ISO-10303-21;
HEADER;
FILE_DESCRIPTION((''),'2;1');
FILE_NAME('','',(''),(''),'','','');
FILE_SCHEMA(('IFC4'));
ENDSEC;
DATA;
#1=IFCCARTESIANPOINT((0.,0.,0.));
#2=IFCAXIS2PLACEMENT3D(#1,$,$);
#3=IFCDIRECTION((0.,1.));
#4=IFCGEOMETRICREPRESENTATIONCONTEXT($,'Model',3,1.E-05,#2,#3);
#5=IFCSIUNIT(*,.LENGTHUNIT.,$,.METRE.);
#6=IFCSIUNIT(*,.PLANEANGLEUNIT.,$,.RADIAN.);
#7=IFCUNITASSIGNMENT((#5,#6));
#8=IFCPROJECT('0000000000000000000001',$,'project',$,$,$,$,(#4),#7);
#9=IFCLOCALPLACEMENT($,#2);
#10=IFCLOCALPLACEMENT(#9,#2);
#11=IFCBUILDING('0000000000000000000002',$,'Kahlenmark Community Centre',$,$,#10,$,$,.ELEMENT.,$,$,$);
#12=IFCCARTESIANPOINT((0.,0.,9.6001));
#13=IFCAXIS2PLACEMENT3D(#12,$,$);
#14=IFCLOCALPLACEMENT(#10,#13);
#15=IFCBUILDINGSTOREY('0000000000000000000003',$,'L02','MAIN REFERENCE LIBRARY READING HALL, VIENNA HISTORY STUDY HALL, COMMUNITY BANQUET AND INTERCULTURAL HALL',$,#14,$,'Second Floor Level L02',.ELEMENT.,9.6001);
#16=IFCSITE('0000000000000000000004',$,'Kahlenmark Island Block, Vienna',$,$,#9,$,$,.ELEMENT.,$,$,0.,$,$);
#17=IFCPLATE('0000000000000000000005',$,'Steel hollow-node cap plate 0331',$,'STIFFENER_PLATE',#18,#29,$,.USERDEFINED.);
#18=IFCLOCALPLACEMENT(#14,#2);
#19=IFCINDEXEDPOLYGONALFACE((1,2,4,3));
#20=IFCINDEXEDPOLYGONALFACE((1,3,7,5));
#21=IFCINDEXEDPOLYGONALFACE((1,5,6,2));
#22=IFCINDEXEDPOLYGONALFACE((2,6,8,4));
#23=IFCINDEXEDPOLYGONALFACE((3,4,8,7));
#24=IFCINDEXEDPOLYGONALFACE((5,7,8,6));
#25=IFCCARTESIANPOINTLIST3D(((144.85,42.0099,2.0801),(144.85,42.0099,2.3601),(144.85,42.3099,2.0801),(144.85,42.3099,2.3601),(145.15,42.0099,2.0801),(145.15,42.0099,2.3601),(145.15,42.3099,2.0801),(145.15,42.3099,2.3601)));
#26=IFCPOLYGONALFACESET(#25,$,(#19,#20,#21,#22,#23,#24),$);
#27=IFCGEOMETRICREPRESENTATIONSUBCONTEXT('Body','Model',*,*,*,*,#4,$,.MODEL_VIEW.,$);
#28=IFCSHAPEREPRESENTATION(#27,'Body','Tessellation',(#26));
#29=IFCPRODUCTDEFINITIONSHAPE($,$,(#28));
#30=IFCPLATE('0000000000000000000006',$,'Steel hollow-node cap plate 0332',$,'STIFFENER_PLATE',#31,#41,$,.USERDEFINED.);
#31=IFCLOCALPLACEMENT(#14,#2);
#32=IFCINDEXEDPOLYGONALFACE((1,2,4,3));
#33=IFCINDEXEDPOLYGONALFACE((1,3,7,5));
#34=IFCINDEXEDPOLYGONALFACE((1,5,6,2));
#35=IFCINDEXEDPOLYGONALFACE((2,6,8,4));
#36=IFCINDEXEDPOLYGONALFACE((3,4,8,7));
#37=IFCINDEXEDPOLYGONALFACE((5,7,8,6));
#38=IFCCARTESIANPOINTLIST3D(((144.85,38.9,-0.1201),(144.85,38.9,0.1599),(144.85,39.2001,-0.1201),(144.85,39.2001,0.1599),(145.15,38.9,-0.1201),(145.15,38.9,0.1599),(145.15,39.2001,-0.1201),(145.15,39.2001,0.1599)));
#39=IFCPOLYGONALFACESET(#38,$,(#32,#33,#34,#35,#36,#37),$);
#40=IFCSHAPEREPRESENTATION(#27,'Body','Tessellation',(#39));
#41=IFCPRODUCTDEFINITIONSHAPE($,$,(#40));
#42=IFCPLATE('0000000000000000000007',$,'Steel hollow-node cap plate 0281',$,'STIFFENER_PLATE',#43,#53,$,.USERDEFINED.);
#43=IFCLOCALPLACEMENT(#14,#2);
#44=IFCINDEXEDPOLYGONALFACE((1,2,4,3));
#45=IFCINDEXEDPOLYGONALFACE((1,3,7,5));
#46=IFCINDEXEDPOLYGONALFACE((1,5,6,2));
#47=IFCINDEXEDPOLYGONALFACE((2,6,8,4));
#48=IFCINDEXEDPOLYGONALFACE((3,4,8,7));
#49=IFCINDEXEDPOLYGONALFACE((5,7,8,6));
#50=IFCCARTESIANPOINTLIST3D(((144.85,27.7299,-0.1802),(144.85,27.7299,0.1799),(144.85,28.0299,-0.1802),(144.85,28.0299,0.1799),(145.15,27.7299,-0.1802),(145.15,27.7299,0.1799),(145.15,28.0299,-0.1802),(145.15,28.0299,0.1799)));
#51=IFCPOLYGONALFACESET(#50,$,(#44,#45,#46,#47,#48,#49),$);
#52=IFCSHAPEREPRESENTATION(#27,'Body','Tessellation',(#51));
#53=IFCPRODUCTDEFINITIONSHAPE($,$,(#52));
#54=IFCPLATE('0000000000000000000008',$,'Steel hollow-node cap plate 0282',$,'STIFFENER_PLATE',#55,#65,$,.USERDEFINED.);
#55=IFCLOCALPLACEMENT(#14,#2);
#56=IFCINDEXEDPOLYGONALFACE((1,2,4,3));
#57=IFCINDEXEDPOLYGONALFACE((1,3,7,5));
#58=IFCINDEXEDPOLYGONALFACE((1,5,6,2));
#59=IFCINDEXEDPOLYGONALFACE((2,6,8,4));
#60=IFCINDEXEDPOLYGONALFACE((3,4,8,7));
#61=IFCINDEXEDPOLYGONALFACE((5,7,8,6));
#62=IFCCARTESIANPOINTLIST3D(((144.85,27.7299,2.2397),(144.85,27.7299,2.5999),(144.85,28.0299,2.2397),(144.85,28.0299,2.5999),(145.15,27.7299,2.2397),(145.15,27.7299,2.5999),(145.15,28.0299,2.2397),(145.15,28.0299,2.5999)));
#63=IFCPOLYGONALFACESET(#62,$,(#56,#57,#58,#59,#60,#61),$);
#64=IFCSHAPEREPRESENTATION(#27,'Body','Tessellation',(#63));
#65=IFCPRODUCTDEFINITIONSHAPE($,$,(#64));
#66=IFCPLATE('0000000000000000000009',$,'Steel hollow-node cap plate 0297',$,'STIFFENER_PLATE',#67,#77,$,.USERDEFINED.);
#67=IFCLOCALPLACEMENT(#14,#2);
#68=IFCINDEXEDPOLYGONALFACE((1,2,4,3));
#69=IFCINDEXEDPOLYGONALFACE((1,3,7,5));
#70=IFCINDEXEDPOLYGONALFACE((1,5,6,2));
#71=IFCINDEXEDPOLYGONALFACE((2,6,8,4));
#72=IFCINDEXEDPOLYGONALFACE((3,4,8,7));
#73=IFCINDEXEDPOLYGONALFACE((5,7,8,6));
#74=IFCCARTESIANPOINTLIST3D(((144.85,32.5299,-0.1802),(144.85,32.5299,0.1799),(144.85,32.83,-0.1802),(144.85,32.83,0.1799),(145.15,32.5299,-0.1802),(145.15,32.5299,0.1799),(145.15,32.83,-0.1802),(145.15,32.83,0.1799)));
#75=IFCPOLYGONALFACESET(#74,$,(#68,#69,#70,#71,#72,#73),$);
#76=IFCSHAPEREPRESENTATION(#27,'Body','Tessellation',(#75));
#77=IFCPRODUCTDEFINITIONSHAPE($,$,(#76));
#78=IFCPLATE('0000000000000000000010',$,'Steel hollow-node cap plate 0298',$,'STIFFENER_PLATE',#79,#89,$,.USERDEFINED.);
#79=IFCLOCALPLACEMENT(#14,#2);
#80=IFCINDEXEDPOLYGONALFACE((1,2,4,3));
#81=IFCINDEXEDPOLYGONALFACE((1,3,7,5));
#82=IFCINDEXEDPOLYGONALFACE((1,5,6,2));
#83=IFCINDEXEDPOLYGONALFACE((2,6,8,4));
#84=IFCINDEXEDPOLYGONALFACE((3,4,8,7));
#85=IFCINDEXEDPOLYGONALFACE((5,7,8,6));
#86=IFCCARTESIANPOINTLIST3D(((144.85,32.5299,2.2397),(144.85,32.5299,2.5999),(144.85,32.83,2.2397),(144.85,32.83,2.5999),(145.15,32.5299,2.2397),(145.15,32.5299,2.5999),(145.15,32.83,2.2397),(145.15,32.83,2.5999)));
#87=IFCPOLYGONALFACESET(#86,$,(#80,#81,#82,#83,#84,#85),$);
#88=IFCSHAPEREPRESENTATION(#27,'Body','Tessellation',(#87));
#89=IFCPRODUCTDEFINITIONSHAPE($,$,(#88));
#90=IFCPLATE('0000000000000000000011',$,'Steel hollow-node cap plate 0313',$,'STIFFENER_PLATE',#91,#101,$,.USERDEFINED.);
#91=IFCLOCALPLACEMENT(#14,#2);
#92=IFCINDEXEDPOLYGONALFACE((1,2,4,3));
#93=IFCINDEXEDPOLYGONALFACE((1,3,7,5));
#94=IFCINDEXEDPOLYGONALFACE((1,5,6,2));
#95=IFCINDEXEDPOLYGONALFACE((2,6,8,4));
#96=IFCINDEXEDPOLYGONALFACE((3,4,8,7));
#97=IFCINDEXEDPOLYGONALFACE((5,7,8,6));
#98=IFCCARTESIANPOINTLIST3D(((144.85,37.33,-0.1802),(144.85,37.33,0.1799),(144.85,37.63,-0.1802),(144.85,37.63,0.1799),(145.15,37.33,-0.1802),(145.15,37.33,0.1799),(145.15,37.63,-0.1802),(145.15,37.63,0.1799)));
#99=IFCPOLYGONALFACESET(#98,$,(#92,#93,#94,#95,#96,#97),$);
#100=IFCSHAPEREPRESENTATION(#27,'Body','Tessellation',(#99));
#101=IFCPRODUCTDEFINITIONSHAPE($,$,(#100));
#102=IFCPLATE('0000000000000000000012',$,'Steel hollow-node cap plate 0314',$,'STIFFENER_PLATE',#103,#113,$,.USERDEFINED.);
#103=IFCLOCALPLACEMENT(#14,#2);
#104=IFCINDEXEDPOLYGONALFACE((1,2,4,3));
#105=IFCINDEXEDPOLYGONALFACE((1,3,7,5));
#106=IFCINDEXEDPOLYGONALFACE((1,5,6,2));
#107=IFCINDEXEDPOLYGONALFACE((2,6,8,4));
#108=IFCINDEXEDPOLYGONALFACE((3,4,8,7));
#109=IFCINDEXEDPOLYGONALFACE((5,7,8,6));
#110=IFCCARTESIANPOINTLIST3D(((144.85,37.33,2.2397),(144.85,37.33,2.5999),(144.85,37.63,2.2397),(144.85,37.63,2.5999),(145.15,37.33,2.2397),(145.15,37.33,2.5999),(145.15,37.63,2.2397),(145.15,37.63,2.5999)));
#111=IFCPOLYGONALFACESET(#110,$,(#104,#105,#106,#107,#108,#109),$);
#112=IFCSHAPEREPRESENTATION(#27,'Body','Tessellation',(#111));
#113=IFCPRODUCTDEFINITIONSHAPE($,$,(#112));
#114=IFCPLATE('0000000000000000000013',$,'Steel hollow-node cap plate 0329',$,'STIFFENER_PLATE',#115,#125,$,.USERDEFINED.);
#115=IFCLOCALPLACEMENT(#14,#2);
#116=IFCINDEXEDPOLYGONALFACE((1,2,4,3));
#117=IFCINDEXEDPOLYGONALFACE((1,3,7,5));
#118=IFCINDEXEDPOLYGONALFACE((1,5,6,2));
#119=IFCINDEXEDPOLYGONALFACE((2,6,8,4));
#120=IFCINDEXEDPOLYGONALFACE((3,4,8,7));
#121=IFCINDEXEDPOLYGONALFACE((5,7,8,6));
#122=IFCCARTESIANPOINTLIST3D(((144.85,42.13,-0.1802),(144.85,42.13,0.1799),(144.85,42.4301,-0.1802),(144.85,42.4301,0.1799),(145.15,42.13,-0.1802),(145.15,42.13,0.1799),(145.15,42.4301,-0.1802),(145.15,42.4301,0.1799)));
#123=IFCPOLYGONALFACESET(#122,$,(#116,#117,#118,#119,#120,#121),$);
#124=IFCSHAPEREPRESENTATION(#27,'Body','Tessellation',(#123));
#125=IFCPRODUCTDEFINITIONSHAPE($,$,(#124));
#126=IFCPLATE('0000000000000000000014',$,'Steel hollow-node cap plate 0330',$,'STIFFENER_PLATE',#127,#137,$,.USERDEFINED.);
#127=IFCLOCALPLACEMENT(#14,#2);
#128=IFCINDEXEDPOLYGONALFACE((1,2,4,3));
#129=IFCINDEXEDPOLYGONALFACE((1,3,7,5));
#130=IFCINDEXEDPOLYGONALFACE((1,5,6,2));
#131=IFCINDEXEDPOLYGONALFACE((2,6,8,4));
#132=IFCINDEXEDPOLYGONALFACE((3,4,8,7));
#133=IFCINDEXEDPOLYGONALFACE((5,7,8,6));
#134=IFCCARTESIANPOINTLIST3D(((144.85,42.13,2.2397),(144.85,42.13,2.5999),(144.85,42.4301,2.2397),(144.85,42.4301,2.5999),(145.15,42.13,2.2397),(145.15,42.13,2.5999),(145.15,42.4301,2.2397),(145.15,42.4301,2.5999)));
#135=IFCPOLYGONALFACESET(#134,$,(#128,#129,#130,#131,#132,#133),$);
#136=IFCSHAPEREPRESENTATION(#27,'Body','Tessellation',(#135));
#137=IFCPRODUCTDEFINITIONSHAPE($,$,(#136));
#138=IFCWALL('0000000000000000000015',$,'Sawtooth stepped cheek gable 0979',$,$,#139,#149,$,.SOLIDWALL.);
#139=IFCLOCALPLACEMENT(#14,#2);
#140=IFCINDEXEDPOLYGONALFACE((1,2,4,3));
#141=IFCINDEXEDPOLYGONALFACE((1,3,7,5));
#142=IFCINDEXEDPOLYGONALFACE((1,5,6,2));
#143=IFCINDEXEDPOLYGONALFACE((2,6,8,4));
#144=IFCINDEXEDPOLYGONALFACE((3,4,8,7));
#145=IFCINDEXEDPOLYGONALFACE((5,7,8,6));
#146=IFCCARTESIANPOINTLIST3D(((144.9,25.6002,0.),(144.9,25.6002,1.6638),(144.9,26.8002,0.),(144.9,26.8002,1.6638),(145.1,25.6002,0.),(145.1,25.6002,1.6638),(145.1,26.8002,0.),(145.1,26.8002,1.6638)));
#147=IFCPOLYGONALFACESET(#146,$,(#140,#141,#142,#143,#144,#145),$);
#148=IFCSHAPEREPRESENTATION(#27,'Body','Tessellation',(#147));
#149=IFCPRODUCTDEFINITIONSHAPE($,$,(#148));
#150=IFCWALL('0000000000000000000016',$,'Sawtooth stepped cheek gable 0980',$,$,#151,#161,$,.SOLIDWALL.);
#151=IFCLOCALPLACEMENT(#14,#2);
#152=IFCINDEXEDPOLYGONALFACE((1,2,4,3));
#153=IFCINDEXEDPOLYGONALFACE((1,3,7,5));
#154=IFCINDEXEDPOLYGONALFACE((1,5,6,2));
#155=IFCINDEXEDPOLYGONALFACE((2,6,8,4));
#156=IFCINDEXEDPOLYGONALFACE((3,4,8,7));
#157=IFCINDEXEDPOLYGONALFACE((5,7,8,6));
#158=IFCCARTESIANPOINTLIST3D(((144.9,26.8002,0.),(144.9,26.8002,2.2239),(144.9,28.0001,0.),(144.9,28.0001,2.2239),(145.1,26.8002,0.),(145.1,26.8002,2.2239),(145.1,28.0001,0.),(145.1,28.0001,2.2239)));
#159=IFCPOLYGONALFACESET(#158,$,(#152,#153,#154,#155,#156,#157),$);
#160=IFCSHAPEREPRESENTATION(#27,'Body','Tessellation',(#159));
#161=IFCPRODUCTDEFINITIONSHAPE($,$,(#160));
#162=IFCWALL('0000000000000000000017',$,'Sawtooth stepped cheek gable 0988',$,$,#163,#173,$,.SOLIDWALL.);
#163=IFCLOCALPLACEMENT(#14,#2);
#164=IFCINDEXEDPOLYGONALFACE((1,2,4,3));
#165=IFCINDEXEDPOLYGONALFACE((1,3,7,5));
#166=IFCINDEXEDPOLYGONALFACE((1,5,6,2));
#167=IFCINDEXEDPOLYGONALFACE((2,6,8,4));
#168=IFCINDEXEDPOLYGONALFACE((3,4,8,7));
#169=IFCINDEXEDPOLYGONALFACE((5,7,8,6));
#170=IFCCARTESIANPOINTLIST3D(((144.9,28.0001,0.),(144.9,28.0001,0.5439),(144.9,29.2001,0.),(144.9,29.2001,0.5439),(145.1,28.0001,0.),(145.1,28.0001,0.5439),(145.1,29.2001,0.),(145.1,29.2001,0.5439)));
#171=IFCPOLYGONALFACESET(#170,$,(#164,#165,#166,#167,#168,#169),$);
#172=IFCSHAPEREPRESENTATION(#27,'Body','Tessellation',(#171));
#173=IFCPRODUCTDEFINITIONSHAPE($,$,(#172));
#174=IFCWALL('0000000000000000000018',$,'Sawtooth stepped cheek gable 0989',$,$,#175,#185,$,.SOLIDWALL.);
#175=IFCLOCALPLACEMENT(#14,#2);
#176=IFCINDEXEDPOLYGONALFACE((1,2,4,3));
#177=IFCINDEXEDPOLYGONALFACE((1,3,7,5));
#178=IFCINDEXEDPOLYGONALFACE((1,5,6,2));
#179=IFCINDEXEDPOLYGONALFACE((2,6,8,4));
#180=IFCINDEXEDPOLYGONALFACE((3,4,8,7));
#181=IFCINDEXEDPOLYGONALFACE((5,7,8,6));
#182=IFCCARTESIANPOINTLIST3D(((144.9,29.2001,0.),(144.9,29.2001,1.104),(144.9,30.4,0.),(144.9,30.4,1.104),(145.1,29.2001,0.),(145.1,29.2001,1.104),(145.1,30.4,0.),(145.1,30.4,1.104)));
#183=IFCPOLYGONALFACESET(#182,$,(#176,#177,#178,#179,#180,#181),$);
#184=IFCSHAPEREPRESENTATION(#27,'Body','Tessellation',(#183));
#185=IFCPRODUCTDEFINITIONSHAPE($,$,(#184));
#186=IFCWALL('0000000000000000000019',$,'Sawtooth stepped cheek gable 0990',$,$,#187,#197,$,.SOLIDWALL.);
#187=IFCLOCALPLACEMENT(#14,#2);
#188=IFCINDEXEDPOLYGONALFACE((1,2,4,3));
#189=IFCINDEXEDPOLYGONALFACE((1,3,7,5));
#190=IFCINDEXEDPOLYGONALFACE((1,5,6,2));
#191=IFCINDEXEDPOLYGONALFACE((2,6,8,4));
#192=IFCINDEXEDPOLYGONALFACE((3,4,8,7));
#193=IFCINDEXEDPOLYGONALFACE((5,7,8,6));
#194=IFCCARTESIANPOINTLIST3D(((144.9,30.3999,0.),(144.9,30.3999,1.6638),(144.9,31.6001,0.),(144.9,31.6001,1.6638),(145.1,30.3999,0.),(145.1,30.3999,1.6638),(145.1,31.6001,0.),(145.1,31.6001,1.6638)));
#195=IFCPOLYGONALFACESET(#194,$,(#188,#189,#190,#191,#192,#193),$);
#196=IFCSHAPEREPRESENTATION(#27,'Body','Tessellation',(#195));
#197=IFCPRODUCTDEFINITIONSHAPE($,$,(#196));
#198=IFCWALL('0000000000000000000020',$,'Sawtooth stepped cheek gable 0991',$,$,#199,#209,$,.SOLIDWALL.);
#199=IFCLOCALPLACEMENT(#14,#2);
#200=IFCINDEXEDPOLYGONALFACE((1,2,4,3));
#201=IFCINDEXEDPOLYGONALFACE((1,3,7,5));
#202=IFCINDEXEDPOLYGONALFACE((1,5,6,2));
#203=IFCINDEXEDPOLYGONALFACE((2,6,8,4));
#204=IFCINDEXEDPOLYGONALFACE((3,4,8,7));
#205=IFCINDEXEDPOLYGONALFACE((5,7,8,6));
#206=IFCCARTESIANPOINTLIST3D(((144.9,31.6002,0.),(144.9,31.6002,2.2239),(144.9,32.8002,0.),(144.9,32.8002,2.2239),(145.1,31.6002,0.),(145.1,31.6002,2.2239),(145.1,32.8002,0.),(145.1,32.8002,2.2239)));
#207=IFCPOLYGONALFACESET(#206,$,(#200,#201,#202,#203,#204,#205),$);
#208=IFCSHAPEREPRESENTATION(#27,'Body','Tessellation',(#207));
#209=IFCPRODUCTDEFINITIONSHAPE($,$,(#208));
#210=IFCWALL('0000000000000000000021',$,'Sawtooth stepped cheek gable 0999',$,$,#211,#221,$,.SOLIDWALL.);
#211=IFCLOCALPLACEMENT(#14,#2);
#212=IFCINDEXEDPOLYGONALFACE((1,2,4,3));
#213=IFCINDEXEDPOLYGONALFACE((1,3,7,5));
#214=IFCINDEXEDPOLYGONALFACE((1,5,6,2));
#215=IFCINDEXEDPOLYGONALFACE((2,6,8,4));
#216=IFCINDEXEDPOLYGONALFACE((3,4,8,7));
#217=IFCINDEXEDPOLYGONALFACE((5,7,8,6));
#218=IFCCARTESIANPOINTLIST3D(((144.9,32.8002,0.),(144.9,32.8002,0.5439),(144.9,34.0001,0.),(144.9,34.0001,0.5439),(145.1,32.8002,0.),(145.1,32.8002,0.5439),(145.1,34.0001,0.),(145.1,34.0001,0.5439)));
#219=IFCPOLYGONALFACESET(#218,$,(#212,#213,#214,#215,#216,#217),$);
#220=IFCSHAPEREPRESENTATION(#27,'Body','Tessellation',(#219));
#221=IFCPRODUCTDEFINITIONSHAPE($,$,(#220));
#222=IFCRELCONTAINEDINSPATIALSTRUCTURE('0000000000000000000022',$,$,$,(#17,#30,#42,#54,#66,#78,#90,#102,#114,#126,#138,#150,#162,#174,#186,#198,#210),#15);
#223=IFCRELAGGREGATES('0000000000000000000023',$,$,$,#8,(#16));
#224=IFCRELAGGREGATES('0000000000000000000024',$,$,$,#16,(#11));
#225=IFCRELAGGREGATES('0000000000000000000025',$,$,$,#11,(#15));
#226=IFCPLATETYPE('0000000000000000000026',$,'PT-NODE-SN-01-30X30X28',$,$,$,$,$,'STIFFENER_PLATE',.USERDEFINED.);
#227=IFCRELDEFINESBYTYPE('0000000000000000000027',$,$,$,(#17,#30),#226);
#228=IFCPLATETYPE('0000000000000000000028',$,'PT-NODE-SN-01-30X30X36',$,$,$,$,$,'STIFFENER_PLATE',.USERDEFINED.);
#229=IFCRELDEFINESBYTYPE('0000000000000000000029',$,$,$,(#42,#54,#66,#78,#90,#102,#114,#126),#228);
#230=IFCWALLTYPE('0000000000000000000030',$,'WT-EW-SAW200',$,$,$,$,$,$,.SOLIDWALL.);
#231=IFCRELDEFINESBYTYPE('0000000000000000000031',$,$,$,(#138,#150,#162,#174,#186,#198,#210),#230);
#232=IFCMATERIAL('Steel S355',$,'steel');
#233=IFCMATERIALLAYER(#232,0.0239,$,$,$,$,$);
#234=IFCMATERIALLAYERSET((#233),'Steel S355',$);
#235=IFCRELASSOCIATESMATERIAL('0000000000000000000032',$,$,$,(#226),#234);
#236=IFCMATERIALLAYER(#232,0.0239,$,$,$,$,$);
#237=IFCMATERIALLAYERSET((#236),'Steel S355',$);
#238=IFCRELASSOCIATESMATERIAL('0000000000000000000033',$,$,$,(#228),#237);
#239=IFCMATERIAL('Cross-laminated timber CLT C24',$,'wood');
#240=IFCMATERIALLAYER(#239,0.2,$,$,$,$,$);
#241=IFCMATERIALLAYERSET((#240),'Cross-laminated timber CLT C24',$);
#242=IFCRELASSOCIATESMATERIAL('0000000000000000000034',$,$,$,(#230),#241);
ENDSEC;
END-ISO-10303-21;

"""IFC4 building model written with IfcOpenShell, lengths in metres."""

from ifc_helpers import new_model, si_unit, direction, frame, frame_2d, origin, origin_2d, place, context, subcontext, project, spatial, rectangle, extrude, material, layer, layer_set, type_object, element, save


model = new_model("IFC4")

# Units and contexts
model_context = context("Model", 3, precision=1e-05, world=origin(), true_north=direction((0.0, 1.0)))
body_context = subcontext(model_context, "Body", "Model", "MODEL_VIEW")
ifc_project = project(units=[si_unit("LENGTHUNIT", "METRE"), si_unit("PLANEANGLEUNIT", "RADIAN")], contexts=[model_context])

# Site, building, storey
site_placement = place(None, origin())
site = spatial("IfcSite", under=ifc_project, at=site_placement, Name="Kahlenmark Island Block, Vienna", CompositionType="ELEMENT", RefElevation=0.0)
building_placement = place(site_placement, origin())
building = spatial("IfcBuilding", under=site, at=building_placement, Name="Kahlenmark Community Centre", CompositionType="ELEMENT")
storey_placement = place(building_placement, frame((0.0, 0.0, 9.6001)))
storey = spatial("IfcBuildingStorey", under=building, at=storey_placement, Name="L02", Description="MAIN REFERENCE LIBRARY READING HALL, VIENNA HISTORY STUDY HALL, COMMUNITY BANQUET AND INTERCULTURAL HALL", LongName="Second Floor Level L02", CompositionType="ELEMENT", Elevation=9.6001)

# Shared definitions
ifc_material_1 = material(Name="Steel S355", Category="steel")

# Plates
ifc_layer_1 = layer(ifc_material_1, 0.0239)
ifc_layer_set_1 = layer_set([ifc_layer_1], Name="Steel S355")
plate_type_1 = type_object("IfcPlateType", Name="PT-NODE-SN-01-30X30X28", ElementType="STIFFENER_PLATE", PredefinedType="USERDEFINED", material=ifc_layer_set_1)
for number, where, z_axis, x_axis, name in (
    (1, (145.0, 42.1599, 2.0801), (0.0, 0.0, 1.0), (1.0, 0.0, 0.0), "Steel hollow-node cap plate 0331"),
    (2, (145.0, 39.05, -0.1201), (0.0, 0.0, 1.0), (1.0, 0.0, 0.0), "Steel hollow-node cap plate 0332"),
):
    element("IfcPlate", number, at=place(storey_placement, frame(where, z_axis=z_axis, x_axis=x_axis)), inside=storey, type_object=plate_type_1, Name=name, ObjectType="STIFFENER_PLATE", PredefinedType="USERDEFINED", context=body_context, shape_type="SweptSolid", body=[
        extrude(rectangle(XDim=0.3, YDim=0.3, at=origin_2d()), origin(), (0.0, 0.0, 1.0), 0.28),
    ])
ifc_layer_2 = layer(ifc_material_1, 0.0239)
ifc_layer_set_2 = layer_set([ifc_layer_2], Name="Steel S355")
plate_type_2 = type_object("IfcPlateType", Name="PT-NODE-SN-01-30X30X36", ElementType="STIFFENER_PLATE", PredefinedType="USERDEFINED", material=ifc_layer_set_2)
for number, where, z_axis, x_axis, name in (
    (3, (145.0, 27.8799, -0.1802), (0.0, 0.0, 1.0), (1.0, 0.0, 0.0), "Steel hollow-node cap plate 0281"),
    (4, (145.0, 27.8799, 2.2397), (0.0, 0.0, 1.0), (1.0, 0.0, 0.0), "Steel hollow-node cap plate 0282"),
    (5, (145.0, 32.6799, -0.1802), (0.0, 0.0, 1.0), (1.0, 0.0, 0.0), "Steel hollow-node cap plate 0297"),
    (6, (145.0, 32.6799, 2.2397), (0.0, 0.0, 1.0), (1.0, 0.0, 0.0), "Steel hollow-node cap plate 0298"),
    (7, (145.0, 37.48, -0.1802), (0.0, 0.0, 1.0), (1.0, 0.0, 0.0), "Steel hollow-node cap plate 0313"),
    (8, (145.0, 37.48, 2.2397), (0.0, 0.0, 1.0), (1.0, 0.0, 0.0), "Steel hollow-node cap plate 0314"),
    (9, (145.0, 42.28, -0.1802), (0.0, 0.0, 1.0), (1.0, 0.0, 0.0), "Steel hollow-node cap plate 0329"),
    (10, (145.0, 42.28, 2.2397), (0.0, 0.0, 1.0), (1.0, 0.0, 0.0), "Steel hollow-node cap plate 0330"),
):
    element("IfcPlate", number, at=place(storey_placement, frame(where, z_axis=z_axis, x_axis=x_axis)), inside=storey, type_object=plate_type_2, Name=name, ObjectType="STIFFENER_PLATE", PredefinedType="USERDEFINED", context=body_context, shape_type="SweptSolid", body=[
        extrude(rectangle(XDim=0.3, YDim=0.3, at=origin_2d()), origin(), (0.0, 0.0, 1.0), 0.3601),
    ])

# Walls
ifc_material_2 = material(Name="Cross-laminated timber CLT C24", Category="wood")
ifc_layer_3 = layer(ifc_material_2, 0.2)
ifc_layer_set_3 = layer_set([ifc_layer_3], Name="Cross-laminated timber CLT C24")
wall_type = type_object("IfcWallType", Name="WT-EW-SAW200", PredefinedType="SOLIDWALL", material=ifc_layer_set_3)
wall_1_placement = place(storey_placement, frame((145.0, 25.6001, 0.0), z_axis=(0.0, 0.0, 1.0), x_axis=(0.0, 1.0, 0.0)))
element("IfcWall", 11, at=wall_1_placement, inside=storey, type_object=wall_type, Name="Sawtooth stepped cheek gable 0979", PredefinedType="SOLIDWALL", context=body_context, shape_type="SweptSolid", body=[
    extrude(rectangle(XDim=1.2, YDim=0.2, at=frame_2d((0.6001, 0.0))), origin(), (0.0, 0.0, 1.0), 1.6638),
])
wall_2_placement = place(storey_placement, frame((145.0, 26.8, 0.0), z_axis=(0.0, 0.0, 1.0), x_axis=(0.0, 1.0, 0.0)))
element("IfcWall", 12, at=wall_2_placement, inside=storey, type_object=wall_type, Name="Sawtooth stepped cheek gable 0980", PredefinedType="SOLIDWALL", context=body_context, shape_type="SweptSolid", body=[
    extrude(rectangle(XDim=1.2, YDim=0.2, at=frame_2d((0.6001, 0.0))), origin(), (0.0, 0.0, 1.0), 2.2239),
])
wall_3_placement = place(storey_placement, frame((145.0, 28.0, 0.0), z_axis=(0.0, 0.0, 1.0), x_axis=(0.0, 1.0, 0.0)))
element("IfcWall", 13, at=wall_3_placement, inside=storey, type_object=wall_type, Name="Sawtooth stepped cheek gable 0988", PredefinedType="SOLIDWALL", context=body_context, shape_type="SweptSolid", body=[
    extrude(rectangle(XDim=1.2, YDim=0.2, at=frame_2d((0.6001, 0.0))), origin(), (0.0, 0.0, 1.0), 0.5439),
])
wall_4_placement = place(storey_placement, frame((145.0, 29.2, 0.0), z_axis=(0.0, 0.0, 1.0), x_axis=(0.0, 1.0, 0.0)))
element("IfcWall", 14, at=wall_4_placement, inside=storey, type_object=wall_type, Name="Sawtooth stepped cheek gable 0989", PredefinedType="SOLIDWALL", context=body_context, shape_type="SweptSolid", body=[
    extrude(rectangle(XDim=1.2, YDim=0.2, at=frame_2d((0.6001, 0.0))), origin(), (0.0, 0.0, 1.0), 1.104),
])
wall_5_placement = place(storey_placement, frame((145.0, 30.3999, 0.0), z_axis=(0.0, 0.0, 1.0), x_axis=(0.0, 1.0, 0.0)))
element("IfcWall", 15, at=wall_5_placement, inside=storey, type_object=wall_type, Name="Sawtooth stepped cheek gable 0990", PredefinedType="SOLIDWALL", context=body_context, shape_type="SweptSolid", body=[
    extrude(rectangle(XDim=1.2002, YDim=0.2, at=frame_2d((0.6001, 0.0))), origin(), (0.0, 0.0, 1.0), 1.6638),
])
wall_6_placement = place(storey_placement, frame((145.0, 31.6001, 0.0), z_axis=(0.0, 0.0, 1.0), x_axis=(0.0, 1.0, 0.0)))
element("IfcWall", 16, at=wall_6_placement, inside=storey, type_object=wall_type, Name="Sawtooth stepped cheek gable 0991", PredefinedType="SOLIDWALL", context=body_context, shape_type="SweptSolid", body=[
    extrude(rectangle(XDim=1.2, YDim=0.2, at=frame_2d((0.6001, 0.0))), origin(), (0.0, 0.0, 1.0), 2.2239),
])
wall_7_placement = place(storey_placement, frame((145.0, 32.8, 0.0), z_axis=(0.0, 0.0, 1.0), x_axis=(0.0, 1.0, 0.0)))
element("IfcWall", 17, at=wall_7_placement, inside=storey, type_object=wall_type, Name="Sawtooth stepped cheek gable 0999", PredefinedType="SOLIDWALL", context=body_context, shape_type="SweptSolid", body=[
    extrude(rectangle(XDim=1.2, YDim=0.2, at=frame_2d((0.6001, 0.0))), origin(), (0.0, 0.0, 1.0), 0.5439),
])

save(model, "model.ifc")
